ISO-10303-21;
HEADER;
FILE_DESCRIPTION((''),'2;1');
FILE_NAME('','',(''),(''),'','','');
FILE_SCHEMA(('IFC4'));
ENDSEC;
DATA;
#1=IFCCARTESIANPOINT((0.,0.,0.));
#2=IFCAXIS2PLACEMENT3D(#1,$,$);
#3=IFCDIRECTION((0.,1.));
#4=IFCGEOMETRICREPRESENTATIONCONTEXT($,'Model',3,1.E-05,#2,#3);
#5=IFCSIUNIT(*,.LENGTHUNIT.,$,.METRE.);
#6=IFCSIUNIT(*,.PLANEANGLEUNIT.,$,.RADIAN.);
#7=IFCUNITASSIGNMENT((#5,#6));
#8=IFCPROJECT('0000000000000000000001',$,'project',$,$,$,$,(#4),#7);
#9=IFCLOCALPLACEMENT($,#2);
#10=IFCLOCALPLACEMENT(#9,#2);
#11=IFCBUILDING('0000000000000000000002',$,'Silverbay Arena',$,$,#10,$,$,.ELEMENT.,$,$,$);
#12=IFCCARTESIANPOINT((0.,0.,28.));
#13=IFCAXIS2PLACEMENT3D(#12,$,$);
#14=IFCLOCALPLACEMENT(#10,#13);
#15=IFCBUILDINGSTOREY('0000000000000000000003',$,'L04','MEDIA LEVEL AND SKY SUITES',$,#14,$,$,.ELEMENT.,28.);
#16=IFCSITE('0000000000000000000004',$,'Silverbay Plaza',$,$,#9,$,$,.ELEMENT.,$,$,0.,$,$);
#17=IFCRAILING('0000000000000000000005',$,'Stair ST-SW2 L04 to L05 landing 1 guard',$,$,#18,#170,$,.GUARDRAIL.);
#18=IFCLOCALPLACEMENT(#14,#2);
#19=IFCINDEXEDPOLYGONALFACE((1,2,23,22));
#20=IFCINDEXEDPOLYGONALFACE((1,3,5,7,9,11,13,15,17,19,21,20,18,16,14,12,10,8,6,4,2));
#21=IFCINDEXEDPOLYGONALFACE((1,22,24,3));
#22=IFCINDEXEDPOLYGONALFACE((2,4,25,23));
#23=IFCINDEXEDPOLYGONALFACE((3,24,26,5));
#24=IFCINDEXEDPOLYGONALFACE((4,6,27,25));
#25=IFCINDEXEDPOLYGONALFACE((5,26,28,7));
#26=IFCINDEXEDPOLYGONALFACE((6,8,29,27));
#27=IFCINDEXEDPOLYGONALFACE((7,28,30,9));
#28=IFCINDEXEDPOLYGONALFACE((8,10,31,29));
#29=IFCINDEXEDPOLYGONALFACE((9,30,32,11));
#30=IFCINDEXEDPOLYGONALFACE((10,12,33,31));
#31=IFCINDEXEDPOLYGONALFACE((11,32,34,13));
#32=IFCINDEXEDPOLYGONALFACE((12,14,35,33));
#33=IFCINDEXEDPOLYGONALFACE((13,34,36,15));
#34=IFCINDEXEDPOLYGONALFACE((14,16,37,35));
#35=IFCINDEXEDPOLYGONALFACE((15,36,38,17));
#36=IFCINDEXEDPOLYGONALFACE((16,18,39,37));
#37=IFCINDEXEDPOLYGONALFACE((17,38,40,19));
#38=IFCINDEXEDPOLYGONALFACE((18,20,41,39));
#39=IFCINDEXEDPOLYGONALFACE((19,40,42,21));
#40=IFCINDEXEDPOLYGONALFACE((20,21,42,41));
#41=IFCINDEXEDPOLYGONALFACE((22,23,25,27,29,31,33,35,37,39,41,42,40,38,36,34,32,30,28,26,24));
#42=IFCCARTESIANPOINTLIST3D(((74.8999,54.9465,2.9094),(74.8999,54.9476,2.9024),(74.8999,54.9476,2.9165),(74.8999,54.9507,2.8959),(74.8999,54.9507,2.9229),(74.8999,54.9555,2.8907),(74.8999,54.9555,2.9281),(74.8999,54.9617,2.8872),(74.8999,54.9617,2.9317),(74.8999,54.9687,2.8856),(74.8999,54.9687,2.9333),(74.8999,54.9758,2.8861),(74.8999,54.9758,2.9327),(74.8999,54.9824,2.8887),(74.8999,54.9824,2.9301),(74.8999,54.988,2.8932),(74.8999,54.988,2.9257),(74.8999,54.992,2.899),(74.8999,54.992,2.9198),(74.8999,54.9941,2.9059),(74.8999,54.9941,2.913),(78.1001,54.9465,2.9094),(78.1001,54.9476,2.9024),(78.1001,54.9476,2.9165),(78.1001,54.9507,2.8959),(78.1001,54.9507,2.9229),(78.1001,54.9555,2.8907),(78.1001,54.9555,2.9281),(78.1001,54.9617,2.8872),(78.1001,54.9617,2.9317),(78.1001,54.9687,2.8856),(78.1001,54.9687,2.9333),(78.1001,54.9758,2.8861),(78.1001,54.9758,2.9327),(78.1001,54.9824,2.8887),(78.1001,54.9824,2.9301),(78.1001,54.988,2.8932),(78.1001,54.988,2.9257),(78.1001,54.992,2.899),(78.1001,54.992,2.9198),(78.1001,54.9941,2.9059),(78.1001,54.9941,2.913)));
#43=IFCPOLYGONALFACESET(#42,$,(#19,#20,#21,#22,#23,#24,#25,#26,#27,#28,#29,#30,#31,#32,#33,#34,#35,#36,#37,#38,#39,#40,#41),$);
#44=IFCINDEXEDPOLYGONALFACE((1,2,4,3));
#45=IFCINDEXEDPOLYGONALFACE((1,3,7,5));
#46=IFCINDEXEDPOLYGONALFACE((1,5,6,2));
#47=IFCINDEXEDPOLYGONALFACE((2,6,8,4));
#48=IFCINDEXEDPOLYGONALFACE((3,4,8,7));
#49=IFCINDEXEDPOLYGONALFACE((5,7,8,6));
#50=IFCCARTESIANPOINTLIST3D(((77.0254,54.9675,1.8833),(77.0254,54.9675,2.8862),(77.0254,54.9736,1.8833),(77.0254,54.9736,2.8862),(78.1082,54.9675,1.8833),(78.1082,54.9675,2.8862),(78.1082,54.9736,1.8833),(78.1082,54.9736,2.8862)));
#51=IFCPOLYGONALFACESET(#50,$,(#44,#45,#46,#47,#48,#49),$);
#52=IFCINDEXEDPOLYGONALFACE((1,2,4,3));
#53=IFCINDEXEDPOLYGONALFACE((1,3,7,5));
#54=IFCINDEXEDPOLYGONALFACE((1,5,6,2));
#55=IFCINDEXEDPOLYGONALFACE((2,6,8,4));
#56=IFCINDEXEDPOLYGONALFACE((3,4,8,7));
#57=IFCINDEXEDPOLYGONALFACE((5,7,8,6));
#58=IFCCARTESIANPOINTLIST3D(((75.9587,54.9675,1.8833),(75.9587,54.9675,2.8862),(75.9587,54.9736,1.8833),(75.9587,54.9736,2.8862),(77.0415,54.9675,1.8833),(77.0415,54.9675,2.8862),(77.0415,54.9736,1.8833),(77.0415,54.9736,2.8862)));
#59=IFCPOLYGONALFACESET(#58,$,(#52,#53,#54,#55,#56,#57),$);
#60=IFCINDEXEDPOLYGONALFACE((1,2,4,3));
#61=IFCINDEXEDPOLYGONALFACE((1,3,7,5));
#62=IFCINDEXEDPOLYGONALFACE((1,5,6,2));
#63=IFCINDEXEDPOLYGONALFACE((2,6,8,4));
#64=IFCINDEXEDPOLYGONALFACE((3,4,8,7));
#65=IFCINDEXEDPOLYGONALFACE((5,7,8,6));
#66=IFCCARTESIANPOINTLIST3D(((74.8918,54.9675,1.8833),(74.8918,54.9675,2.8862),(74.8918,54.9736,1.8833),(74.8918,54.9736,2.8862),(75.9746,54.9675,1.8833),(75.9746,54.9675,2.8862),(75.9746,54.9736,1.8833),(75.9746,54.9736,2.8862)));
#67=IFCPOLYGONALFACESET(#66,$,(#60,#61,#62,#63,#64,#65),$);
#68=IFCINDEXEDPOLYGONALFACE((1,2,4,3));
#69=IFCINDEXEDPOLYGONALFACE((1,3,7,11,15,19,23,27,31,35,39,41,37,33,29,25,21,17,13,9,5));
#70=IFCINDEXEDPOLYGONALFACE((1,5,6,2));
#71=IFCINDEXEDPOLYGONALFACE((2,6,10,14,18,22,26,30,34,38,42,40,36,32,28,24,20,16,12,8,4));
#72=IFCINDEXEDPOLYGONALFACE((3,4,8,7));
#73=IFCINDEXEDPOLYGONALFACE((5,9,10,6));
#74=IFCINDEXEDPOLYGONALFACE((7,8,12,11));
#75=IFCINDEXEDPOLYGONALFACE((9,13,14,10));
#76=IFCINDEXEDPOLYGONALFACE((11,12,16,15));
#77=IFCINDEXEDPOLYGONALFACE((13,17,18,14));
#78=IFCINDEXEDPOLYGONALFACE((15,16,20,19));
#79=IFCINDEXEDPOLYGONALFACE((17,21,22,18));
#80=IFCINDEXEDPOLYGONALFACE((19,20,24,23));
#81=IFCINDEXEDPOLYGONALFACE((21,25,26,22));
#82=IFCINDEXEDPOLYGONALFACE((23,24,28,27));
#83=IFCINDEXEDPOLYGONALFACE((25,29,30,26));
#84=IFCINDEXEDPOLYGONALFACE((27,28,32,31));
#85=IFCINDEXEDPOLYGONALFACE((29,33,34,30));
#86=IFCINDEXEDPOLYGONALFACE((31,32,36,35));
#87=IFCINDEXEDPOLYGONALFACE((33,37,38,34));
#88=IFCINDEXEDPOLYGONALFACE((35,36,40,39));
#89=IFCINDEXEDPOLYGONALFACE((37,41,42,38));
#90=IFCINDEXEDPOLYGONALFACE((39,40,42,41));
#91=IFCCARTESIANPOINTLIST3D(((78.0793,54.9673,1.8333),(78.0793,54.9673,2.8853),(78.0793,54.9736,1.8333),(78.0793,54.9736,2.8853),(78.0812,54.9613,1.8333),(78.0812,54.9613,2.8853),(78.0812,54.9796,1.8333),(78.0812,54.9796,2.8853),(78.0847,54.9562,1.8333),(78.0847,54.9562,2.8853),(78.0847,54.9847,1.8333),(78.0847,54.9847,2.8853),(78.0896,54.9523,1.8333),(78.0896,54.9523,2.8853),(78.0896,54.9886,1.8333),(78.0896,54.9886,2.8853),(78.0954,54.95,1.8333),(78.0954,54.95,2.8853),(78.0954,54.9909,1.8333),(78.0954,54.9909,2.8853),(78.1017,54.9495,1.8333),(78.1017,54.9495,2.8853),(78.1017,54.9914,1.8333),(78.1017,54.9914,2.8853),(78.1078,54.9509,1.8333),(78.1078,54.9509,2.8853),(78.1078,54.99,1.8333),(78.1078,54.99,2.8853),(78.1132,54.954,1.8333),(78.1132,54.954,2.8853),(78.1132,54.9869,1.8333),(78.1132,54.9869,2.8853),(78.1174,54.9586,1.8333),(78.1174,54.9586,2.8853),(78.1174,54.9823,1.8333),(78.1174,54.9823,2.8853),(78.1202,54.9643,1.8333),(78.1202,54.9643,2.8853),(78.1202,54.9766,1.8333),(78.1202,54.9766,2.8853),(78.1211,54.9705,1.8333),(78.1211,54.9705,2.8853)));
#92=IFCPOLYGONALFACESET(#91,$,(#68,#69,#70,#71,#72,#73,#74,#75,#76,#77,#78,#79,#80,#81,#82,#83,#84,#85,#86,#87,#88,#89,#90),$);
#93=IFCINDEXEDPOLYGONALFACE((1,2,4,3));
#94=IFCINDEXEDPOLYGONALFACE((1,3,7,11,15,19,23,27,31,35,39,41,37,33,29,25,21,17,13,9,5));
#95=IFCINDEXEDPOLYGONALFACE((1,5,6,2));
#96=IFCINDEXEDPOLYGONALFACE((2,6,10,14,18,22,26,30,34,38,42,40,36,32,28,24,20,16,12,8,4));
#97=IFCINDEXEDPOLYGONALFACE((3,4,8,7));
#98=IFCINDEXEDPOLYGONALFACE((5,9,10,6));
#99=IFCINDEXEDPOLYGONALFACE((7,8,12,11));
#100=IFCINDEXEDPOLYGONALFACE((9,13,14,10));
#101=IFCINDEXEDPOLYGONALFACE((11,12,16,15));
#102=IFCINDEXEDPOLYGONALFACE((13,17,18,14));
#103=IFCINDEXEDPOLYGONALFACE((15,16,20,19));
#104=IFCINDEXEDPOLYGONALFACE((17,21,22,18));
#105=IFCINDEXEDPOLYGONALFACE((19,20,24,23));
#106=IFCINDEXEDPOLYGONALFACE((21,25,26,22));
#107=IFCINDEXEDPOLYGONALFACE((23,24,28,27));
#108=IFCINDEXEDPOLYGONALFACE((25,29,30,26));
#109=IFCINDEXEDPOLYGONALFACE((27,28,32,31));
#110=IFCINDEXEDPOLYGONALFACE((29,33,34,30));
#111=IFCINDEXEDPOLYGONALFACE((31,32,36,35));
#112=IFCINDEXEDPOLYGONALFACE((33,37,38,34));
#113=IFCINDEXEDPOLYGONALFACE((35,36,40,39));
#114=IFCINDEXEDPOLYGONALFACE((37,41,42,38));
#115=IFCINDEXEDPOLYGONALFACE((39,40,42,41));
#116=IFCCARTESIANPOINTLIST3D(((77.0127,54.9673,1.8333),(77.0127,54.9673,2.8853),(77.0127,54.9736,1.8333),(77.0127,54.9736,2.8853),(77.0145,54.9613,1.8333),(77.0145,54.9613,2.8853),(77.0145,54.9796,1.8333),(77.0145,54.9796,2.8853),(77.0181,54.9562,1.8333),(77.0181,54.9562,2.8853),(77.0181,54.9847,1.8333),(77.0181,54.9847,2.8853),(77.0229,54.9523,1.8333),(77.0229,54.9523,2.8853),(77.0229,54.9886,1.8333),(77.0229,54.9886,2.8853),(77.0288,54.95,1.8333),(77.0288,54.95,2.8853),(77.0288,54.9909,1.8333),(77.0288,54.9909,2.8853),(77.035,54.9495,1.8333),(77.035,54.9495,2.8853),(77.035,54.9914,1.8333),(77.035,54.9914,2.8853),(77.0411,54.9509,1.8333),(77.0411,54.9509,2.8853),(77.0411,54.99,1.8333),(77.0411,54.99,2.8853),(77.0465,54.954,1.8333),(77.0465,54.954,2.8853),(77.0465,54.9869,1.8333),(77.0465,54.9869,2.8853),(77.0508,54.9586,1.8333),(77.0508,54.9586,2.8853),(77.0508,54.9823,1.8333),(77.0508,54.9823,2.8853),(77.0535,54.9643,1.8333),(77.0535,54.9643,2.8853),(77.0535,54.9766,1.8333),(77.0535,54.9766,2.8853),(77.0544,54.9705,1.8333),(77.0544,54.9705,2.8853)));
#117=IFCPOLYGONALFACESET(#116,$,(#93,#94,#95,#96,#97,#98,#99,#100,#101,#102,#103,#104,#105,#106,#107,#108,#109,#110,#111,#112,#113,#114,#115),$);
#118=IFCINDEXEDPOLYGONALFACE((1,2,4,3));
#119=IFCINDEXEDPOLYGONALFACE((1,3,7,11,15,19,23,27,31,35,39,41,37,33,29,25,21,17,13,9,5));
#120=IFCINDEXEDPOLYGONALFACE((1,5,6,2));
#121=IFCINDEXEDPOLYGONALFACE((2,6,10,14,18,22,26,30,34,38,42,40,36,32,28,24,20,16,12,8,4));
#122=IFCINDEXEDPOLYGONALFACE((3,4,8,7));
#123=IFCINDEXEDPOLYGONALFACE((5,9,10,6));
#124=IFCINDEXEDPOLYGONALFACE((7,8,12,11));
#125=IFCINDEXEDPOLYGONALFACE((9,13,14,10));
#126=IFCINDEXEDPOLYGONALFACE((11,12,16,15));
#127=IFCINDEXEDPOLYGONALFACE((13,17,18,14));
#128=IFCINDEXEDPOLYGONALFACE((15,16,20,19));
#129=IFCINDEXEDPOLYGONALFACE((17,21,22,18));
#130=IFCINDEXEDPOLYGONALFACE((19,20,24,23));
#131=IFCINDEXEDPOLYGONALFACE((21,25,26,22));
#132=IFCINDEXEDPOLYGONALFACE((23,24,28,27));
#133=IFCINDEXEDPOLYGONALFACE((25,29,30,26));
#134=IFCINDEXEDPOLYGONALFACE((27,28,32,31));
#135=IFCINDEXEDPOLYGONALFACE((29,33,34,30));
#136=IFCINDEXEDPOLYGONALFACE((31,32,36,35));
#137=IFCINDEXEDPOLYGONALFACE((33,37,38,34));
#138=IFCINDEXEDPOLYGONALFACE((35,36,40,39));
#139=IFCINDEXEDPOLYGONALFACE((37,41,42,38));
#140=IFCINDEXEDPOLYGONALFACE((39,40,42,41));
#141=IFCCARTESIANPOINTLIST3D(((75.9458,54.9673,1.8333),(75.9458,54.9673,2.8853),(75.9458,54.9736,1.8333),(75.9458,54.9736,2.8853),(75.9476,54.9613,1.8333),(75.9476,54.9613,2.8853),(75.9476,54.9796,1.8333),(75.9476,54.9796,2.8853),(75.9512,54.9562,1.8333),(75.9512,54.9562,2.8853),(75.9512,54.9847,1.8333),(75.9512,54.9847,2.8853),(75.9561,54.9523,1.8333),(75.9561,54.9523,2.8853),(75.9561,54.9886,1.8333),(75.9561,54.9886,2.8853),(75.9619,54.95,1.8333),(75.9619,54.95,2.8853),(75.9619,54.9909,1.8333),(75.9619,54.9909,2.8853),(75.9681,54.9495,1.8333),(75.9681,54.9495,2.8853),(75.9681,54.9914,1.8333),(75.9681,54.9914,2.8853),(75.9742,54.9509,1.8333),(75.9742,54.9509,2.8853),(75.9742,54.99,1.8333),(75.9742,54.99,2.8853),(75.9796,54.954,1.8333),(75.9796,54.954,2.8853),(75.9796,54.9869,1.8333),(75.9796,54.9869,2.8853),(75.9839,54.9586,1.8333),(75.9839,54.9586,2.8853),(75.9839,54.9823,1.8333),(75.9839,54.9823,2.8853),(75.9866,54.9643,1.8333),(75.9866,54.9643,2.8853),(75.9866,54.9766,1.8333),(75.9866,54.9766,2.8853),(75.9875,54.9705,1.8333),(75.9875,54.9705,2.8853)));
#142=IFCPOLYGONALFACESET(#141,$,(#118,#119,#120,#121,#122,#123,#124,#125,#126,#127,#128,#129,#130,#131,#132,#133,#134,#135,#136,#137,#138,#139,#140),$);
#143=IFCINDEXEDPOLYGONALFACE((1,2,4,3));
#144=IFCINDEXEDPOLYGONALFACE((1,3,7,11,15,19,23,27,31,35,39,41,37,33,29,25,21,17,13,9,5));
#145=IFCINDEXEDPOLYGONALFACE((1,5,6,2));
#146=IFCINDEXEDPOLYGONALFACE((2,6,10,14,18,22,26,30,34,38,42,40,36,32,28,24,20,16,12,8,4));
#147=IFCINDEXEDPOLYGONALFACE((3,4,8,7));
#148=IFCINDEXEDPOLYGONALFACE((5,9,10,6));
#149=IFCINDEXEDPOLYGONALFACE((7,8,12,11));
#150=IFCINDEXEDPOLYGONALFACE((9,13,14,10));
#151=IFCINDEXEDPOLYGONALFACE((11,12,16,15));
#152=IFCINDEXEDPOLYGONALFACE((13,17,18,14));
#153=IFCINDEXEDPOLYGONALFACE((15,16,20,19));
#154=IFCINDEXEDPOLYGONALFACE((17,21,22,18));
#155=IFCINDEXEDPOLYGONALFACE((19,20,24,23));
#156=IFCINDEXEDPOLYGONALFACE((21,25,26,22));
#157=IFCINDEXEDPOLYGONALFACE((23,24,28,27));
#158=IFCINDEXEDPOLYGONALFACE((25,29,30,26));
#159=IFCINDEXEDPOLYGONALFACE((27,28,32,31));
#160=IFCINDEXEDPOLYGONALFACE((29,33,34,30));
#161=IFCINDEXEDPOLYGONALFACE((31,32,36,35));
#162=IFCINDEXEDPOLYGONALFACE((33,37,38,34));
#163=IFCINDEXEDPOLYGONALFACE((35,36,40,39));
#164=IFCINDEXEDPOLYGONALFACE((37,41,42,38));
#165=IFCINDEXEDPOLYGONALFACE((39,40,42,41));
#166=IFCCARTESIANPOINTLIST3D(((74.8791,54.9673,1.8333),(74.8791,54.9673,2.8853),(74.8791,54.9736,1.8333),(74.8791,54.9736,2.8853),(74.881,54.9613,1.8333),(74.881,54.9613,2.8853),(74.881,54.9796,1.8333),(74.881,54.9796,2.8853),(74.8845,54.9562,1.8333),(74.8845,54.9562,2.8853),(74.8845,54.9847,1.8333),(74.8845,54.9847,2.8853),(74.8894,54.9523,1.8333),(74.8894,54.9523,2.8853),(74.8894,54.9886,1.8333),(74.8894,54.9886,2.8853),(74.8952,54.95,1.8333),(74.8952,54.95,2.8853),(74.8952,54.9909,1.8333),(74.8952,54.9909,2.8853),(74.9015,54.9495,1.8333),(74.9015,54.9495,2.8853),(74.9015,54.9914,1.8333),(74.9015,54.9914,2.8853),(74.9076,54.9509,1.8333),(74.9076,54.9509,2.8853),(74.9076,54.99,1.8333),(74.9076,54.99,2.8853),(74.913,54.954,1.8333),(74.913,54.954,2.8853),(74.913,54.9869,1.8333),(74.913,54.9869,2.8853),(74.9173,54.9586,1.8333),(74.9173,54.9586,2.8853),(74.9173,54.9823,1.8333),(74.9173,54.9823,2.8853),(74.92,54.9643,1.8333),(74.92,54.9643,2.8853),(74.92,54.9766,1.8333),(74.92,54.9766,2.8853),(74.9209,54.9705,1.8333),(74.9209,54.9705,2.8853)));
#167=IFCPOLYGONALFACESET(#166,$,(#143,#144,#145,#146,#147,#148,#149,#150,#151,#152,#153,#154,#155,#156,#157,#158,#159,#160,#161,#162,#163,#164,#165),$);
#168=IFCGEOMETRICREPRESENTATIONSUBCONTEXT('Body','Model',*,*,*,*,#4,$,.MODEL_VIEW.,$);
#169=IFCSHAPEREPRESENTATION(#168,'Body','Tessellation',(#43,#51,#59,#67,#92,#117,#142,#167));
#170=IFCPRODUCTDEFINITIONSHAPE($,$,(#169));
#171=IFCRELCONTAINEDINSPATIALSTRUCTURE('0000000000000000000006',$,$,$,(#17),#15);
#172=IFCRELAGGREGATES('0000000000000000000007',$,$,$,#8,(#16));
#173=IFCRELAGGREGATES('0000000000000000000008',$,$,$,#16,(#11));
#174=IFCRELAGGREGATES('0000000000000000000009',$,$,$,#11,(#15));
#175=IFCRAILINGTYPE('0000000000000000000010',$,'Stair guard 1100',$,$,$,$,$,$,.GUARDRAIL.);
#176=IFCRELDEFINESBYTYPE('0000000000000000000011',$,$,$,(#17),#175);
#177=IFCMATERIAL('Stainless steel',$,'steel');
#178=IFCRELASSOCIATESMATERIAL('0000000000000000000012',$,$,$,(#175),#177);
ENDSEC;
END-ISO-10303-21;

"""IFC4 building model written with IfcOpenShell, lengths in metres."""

from ifc_helpers import new_model, si_unit, direction, frame, origin, origin_2d, place, context, subcontext, project, spatial, polyline, circle, outline, extrude, material, type_object, element, save


model = new_model("IFC4")

# Units and contexts
model_context = context("Model", 3, precision=1e-05, world=origin(), true_north=direction((0.0, 1.0)))
body_context = subcontext(model_context, "Body", "Model", "MODEL_VIEW")
ifc_project = project(units=[si_unit("LENGTHUNIT", "METRE"), si_unit("PLANEANGLEUNIT", "RADIAN")], contexts=[model_context])

# Site, building, storey
site_placement = place(None, origin())
site = spatial("IfcSite", under=ifc_project, at=site_placement, Name="Silverbay Plaza", CompositionType="ELEMENT", RefElevation=0.0)
building_placement = place(site_placement, origin())
building = spatial("IfcBuilding", under=site, at=building_placement, Name="Silverbay Arena", CompositionType="ELEMENT")
storey_placement = place(building_placement, frame((0.0, 0.0, 28.0)))
storey = spatial("IfcBuildingStorey", under=building, at=storey_placement, Name="L04", Description="MEDIA LEVEL AND SKY SUITES", CompositionType="ELEMENT", Elevation=28.0)

# Railing
ifc_material_1 = material(Name="Stainless steel", Category="steel")
railing_type_1 = type_object("IfcRailingType", Name="Stair guard 1100", PredefinedType="GUARDRAIL", material=ifc_material_1)
for number, where, name in (
    (1, (78.1001, 54.9705, 1.8333), "Stair ST-SW2 L04 to L05 landing 1 guard"),
):
    element("IfcRailing", number, at=place(storey_placement, frame(where)), inside=storey, type_object=railing_type_1, Name=name, PredefinedType="GUARDRAIL", context=body_context, shape_type="SweptSolid", body=[
        extrude(circle(Radius=0.0239, at=origin_2d()), frame((0.0, 0.0, 1.0762), z_axis=(-1.0, 0.0, 0.0), x_axis=(0.0, -1.0, 0.0)), (0.0, 0.0, 1.0), 3.2002),
        extrude(outline(polyline([(-0.0081, 0.05), (1.0747, 0.05), (1.0747, 1.053), (-0.0081, 1.053), (-0.0081, 0.05)])), frame((0.0, -0.0029, 0.0), z_axis=(0.0, 1.0, 0.0), x_axis=(-1.0, 0.0, 0.0)), (0.0, 0.0, 1.0), 0.0061),
        extrude(outline(polyline([(-0.0081, 0.05), (1.0747, 0.05), (1.0747, 1.053), (-0.0081, 1.053), (-0.0081, 0.05)])), frame((-1.0667, -0.0029, 0.0), z_axis=(0.0, 1.0, 0.0), x_axis=(-1.0, 0.0, 0.0)), (0.0, 0.0, 1.0), 0.0061),
        extrude(outline(polyline([(-0.0081, 0.05), (1.0747, 0.05), (1.0747, 1.053), (-0.0081, 1.053), (-0.0081, 0.05)])), frame((-2.1335, -0.0029, 0.0), z_axis=(0.0, 1.0, 0.0), x_axis=(-1.0, 0.0, 0.0)), (0.0, 0.0, 1.0), 0.0061),
        extrude(circle(Radius=0.021, at=origin_2d()), origin(), (0.0, 0.0, 1.0), 1.052),
        extrude(circle(Radius=0.021, at=origin_2d()), frame((-1.0667, 0.0, 0.0)), (0.0, 0.0, 1.0), 1.052),
        extrude(circle(Radius=0.021, at=origin_2d()), frame((-2.1335, 0.0, 0.0)), (0.0, 0.0, 1.0), 1.052),
        extrude(circle(Radius=0.021, at=origin_2d()), frame((-3.2002, 0.0, 0.0)), (0.0, 0.0, 1.0), 1.052),
    ])

save(model, "model.ifc")
